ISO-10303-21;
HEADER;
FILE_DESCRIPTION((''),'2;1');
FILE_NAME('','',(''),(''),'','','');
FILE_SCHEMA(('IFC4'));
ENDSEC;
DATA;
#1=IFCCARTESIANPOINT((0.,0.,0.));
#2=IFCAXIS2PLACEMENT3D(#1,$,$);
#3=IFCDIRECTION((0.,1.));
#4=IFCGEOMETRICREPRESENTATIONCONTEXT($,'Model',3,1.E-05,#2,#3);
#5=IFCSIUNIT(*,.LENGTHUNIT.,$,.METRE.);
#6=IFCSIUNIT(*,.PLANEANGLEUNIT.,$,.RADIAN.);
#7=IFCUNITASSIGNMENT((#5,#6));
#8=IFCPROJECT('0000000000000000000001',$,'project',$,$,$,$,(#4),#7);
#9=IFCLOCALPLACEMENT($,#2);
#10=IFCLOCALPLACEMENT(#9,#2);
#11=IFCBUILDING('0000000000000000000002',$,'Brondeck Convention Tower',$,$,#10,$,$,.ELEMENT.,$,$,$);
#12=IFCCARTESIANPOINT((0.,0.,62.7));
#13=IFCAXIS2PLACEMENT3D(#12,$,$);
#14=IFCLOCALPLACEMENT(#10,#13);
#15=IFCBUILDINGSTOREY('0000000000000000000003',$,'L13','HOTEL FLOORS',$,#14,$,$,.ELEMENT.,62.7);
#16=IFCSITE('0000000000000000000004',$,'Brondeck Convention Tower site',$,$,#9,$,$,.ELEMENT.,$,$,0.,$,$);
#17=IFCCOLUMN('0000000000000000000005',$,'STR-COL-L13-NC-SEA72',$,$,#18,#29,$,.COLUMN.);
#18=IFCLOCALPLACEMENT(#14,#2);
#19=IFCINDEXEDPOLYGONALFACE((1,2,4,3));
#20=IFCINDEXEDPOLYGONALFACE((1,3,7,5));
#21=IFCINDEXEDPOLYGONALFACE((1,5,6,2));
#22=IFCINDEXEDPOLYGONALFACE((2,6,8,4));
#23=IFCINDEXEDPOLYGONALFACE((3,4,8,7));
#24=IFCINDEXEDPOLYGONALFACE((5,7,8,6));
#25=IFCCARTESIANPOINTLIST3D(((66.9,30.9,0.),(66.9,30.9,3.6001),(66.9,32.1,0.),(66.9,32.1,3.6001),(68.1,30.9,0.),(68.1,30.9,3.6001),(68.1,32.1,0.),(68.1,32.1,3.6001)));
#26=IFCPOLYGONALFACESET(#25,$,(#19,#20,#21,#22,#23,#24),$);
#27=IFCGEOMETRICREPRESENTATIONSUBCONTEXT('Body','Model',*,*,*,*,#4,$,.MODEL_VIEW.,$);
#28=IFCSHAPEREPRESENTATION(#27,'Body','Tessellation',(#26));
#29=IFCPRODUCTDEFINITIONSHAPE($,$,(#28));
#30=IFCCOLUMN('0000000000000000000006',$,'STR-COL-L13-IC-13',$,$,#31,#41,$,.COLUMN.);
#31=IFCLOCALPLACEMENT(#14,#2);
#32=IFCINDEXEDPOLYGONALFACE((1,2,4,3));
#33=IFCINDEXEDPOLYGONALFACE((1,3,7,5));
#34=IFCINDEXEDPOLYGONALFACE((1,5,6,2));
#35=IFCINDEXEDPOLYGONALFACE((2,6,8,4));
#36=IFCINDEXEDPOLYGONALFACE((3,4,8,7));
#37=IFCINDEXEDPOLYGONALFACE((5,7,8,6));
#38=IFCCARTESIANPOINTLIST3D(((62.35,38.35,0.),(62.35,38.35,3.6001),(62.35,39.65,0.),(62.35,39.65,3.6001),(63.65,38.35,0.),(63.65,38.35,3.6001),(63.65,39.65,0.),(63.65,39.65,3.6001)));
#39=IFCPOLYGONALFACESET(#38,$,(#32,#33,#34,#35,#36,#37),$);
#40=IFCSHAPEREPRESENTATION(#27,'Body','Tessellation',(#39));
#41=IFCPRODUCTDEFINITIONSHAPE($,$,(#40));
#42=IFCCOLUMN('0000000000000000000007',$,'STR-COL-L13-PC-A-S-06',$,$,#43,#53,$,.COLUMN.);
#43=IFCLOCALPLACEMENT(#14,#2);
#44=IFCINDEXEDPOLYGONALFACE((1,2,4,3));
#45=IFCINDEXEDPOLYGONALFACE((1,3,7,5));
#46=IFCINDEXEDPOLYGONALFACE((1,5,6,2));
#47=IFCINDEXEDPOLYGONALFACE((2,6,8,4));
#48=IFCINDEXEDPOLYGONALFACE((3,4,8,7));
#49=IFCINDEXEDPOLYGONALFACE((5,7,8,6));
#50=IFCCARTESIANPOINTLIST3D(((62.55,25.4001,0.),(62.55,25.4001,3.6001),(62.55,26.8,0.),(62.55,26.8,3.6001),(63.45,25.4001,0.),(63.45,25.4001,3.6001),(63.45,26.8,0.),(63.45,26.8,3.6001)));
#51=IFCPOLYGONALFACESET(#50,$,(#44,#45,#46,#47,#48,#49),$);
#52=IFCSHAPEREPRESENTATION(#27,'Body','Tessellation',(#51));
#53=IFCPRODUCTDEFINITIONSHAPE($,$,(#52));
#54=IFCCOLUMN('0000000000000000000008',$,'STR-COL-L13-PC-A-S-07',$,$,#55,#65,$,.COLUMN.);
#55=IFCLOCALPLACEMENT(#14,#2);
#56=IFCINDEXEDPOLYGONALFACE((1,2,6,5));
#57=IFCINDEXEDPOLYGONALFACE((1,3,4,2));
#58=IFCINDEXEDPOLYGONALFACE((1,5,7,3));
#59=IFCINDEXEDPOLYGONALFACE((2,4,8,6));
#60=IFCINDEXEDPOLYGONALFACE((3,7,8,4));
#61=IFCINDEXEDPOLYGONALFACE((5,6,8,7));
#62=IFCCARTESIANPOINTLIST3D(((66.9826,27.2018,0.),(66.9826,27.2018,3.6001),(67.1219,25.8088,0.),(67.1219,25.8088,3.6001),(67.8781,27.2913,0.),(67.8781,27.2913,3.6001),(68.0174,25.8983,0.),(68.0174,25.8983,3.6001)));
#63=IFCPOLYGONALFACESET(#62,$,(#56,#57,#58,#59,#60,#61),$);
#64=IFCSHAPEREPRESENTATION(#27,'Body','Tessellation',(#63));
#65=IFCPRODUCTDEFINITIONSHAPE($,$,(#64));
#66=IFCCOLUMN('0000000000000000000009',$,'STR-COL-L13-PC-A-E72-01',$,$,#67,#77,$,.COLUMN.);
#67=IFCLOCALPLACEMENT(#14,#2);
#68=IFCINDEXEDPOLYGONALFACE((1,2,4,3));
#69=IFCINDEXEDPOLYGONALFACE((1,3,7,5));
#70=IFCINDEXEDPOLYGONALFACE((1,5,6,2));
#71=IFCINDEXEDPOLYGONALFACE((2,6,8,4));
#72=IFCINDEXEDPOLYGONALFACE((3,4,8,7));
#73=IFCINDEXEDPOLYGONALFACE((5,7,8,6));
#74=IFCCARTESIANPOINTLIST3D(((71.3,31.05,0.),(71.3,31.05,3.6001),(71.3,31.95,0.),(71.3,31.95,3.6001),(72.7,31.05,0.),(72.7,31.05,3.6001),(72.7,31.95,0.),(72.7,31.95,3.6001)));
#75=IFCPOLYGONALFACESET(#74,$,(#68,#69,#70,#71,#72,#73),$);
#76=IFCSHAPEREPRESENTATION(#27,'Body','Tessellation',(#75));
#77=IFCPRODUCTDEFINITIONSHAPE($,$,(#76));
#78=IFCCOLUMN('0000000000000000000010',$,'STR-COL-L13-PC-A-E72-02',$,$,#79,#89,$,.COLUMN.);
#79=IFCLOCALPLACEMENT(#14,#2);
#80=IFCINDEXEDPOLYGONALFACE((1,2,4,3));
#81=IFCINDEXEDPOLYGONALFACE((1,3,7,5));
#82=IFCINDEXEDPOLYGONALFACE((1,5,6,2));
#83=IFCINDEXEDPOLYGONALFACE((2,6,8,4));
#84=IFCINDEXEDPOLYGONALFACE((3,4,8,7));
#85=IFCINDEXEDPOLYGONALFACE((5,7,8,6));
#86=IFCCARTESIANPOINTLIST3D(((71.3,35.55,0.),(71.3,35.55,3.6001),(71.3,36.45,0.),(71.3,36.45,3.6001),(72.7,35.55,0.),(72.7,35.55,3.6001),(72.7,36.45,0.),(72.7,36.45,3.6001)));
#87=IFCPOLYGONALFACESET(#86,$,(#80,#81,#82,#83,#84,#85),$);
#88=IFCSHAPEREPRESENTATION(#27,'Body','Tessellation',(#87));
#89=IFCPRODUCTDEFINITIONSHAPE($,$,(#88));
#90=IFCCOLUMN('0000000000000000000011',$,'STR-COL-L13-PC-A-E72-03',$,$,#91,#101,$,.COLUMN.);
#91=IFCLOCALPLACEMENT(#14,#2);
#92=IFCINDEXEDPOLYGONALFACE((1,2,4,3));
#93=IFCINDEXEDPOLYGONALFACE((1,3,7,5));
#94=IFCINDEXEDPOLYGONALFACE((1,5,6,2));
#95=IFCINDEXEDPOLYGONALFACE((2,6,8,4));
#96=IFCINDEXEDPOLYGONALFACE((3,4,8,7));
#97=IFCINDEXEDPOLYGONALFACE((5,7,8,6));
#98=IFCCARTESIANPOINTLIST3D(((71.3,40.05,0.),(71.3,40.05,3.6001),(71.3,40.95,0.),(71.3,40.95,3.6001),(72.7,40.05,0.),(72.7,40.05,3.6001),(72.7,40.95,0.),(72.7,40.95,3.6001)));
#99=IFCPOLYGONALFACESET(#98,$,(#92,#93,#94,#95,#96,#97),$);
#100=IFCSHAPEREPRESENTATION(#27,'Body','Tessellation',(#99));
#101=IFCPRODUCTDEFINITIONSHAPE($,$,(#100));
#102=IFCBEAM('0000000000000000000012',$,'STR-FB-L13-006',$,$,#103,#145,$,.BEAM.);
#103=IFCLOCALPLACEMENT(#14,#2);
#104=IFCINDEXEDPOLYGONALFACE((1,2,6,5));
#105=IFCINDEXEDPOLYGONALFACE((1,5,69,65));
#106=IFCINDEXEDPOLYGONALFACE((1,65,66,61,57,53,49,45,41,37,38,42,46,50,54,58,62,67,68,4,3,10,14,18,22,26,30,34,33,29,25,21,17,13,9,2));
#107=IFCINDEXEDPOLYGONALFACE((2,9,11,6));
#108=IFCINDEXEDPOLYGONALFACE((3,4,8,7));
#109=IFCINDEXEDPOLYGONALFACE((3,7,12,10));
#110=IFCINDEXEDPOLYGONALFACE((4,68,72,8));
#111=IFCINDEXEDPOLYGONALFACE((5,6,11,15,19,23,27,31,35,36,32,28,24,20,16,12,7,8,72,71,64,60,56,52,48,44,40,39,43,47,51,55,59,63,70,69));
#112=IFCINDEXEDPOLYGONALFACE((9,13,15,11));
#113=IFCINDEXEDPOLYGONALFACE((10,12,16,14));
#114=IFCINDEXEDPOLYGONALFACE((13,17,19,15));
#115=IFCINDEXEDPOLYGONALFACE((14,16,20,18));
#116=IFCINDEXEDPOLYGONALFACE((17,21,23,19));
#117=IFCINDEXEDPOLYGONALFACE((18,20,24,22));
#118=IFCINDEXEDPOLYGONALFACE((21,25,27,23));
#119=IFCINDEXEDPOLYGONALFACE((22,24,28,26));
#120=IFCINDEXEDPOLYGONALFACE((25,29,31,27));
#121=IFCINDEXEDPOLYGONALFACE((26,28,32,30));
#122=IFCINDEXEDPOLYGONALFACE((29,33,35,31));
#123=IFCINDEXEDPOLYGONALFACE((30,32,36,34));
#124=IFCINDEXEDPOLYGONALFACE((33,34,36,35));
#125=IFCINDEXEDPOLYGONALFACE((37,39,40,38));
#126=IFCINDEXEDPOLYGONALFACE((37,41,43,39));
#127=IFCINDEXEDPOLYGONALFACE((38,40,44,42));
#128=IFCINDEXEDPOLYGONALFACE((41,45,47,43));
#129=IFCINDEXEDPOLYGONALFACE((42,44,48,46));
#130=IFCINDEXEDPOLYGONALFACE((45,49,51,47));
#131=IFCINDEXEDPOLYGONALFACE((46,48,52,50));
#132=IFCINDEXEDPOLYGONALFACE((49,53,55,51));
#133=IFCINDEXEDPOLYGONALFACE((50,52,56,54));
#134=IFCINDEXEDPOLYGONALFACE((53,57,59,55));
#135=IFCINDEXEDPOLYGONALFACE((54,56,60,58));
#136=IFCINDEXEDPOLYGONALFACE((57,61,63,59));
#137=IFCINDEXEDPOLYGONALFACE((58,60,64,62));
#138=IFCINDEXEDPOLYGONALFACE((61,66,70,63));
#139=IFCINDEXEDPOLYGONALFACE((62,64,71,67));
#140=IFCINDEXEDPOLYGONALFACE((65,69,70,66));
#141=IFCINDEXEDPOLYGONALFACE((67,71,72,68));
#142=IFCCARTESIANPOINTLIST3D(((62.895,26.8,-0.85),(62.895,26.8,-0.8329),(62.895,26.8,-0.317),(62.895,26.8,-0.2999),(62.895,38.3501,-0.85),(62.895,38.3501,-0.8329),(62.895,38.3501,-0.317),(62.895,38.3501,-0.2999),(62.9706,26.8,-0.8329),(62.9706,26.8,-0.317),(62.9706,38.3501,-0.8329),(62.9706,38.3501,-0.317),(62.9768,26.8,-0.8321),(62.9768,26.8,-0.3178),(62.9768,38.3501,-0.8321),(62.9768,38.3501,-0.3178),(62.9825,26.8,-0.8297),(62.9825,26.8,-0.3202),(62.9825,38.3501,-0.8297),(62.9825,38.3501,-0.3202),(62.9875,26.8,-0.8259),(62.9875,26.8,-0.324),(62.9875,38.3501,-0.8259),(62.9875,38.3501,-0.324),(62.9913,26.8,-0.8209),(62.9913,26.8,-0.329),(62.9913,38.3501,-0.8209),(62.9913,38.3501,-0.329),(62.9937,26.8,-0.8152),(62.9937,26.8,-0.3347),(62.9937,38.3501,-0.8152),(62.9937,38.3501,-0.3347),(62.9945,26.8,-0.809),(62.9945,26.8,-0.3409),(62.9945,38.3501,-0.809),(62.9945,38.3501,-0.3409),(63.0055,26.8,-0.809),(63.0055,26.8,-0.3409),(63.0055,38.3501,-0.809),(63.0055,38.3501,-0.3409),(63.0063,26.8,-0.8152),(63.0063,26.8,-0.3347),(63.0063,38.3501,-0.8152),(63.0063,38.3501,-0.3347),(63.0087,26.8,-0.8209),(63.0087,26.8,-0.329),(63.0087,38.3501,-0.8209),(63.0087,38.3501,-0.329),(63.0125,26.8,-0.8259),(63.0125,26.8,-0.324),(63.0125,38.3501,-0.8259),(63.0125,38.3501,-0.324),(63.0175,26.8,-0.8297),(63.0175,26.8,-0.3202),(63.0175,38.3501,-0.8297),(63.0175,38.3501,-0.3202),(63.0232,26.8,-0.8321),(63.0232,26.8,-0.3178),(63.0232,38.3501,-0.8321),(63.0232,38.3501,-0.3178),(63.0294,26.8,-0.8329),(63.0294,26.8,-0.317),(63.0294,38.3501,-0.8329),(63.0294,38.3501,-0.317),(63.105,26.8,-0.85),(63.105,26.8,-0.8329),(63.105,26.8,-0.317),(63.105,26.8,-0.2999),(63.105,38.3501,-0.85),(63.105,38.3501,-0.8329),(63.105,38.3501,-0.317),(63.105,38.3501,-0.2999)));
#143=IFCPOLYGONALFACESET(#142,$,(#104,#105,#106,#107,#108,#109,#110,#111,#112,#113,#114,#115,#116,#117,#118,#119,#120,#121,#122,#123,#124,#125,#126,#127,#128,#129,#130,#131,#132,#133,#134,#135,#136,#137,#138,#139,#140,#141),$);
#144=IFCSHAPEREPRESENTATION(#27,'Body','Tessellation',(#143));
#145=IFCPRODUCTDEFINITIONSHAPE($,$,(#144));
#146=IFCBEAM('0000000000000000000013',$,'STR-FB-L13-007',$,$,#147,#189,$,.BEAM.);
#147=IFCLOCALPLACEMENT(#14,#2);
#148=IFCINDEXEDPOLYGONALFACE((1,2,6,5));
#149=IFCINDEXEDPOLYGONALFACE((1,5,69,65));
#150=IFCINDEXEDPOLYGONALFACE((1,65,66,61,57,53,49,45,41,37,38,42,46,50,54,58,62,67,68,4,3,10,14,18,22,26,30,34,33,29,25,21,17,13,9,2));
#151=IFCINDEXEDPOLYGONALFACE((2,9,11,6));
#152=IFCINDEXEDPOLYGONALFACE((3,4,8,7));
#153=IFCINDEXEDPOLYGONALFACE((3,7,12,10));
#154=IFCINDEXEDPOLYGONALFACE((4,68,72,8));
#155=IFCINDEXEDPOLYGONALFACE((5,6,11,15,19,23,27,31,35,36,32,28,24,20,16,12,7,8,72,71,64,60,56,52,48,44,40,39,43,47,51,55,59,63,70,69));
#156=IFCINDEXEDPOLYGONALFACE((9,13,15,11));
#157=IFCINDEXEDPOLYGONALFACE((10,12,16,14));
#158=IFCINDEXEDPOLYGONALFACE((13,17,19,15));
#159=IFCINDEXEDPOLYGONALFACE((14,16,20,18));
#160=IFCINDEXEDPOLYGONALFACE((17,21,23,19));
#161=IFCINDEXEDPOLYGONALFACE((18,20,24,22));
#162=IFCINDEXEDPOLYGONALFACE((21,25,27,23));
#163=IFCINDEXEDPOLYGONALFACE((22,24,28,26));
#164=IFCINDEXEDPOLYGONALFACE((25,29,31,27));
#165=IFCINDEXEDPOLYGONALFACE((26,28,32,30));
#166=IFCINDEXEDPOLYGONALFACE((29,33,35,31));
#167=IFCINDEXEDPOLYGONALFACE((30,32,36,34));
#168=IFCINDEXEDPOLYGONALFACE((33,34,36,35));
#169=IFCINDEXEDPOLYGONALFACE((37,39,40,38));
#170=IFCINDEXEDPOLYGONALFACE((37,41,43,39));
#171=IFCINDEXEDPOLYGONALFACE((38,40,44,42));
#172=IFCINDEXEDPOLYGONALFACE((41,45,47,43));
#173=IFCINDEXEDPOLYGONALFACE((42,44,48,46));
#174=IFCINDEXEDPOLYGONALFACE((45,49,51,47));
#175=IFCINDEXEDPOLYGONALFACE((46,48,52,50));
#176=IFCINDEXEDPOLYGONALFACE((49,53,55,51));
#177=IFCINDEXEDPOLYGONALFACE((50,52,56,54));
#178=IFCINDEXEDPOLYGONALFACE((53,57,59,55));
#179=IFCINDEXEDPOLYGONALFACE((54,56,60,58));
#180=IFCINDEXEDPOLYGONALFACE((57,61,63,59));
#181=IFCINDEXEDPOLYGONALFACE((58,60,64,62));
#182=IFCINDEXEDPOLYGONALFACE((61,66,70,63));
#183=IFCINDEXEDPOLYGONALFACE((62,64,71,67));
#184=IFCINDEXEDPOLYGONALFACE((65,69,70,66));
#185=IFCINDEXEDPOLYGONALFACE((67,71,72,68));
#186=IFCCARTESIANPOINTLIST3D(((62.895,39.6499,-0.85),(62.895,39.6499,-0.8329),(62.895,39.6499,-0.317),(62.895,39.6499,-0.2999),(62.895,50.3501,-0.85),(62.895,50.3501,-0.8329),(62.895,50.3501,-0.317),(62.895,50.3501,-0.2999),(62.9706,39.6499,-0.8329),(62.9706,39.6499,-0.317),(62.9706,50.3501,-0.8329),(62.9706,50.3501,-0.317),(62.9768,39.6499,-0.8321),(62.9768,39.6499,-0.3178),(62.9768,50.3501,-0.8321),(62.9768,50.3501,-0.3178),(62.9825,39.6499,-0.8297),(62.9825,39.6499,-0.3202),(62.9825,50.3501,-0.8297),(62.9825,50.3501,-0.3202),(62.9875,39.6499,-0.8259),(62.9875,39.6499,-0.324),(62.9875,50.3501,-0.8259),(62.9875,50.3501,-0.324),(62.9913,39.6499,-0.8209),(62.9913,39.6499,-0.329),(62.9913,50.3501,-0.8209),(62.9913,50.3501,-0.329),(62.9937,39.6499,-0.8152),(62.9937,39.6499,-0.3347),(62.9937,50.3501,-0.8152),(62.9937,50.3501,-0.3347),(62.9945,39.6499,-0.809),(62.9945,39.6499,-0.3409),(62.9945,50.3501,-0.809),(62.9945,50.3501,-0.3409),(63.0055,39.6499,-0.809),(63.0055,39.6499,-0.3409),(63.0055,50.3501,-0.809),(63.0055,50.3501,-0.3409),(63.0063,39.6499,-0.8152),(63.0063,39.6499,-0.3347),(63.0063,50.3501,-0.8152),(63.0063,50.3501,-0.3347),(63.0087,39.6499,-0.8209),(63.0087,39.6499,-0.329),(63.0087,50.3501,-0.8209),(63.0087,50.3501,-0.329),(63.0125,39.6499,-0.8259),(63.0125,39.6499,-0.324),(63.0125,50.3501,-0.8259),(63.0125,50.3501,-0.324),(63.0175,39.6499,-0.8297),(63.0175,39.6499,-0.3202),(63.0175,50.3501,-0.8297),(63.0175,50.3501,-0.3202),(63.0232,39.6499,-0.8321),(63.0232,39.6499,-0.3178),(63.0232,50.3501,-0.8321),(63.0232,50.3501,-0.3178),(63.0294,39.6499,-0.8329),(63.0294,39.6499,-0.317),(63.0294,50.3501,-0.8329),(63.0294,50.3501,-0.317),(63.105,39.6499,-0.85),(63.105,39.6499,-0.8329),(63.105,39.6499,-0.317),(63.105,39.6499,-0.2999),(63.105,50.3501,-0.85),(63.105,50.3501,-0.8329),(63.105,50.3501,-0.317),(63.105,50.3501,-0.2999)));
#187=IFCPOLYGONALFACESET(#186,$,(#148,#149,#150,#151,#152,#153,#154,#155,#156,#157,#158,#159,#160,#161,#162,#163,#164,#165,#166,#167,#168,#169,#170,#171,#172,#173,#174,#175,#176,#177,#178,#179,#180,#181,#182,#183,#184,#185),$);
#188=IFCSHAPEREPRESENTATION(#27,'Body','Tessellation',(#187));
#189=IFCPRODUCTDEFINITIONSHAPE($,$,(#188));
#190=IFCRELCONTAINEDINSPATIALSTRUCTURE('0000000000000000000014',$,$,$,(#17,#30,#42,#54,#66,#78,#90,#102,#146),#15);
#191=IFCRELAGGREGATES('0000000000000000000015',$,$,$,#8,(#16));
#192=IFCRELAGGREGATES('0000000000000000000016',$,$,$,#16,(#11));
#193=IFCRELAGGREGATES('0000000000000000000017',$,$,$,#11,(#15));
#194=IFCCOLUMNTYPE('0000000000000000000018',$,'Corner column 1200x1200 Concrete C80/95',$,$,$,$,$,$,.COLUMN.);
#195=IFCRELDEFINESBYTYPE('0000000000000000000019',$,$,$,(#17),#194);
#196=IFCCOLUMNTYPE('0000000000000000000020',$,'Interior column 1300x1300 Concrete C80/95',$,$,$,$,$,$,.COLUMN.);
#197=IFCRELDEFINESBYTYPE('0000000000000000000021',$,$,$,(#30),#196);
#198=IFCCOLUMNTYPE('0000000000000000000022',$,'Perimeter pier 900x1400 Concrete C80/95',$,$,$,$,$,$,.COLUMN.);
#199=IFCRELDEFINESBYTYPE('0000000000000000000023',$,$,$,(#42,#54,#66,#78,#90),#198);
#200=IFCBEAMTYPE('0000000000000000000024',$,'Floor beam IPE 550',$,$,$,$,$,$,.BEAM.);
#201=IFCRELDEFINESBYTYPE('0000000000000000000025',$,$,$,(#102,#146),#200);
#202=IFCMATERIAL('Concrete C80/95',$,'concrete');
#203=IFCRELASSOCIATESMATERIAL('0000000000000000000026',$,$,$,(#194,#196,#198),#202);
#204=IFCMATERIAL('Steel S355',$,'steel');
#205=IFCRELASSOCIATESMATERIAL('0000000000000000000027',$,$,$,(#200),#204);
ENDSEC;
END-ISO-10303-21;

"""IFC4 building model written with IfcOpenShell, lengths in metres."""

from ifc_helpers import new_model, si_unit, direction, frame, origin, origin_2d, place, context, subcontext, project, spatial, rectangle, i_section, extrude, material, material_profile, profile_set, type_object, element, save


model = new_model("IFC4")

# Units and contexts
model_context = context("Model", 3, precision=1e-05, world=origin(), true_north=direction((0.0, 1.0)))
body_context = subcontext(model_context, "Body", "Model", "MODEL_VIEW")
ifc_project = project(units=[si_unit("LENGTHUNIT", "METRE"), si_unit("PLANEANGLEUNIT", "RADIAN")], contexts=[model_context])

# Site, building, storey
site_placement = place(None, origin())
site = spatial("IfcSite", under=ifc_project, at=site_placement, Name="Brondeck Convention Tower site", CompositionType="ELEMENT", RefElevation=0.0)
building_placement = place(site_placement, origin())
building = spatial("IfcBuilding", under=site, at=building_placement, Name="Brondeck Convention Tower", CompositionType="ELEMENT")
storey_placement = place(building_placement, frame((0.0, 0.0, 62.7)))
storey = spatial("IfcBuildingStorey", under=building, at=storey_placement, Name="L13", Description="HOTEL FLOORS", CompositionType="ELEMENT", Elevation=62.7)

# Columns
ifc_material_1 = material(Name="Concrete C80/95", Category="concrete")
ifc_material_profile_1 = material_profile(ifc_material_1, rectangle(XDim=1.2, YDim=1.2, at=origin_2d()), Name="Corner column 1200x1200 Concrete C80/95")
ifc_profile_set_1 = profile_set([ifc_material_profile_1], Name="Concrete C80/95")
column_type_1 = type_object("IfcColumnType", Name="Corner column 1200x1200 Concrete C80/95", PredefinedType="COLUMN", material=ifc_profile_set_1)
column_1_placement = place(storey_placement, frame((67.5, 31.5, 0.0), z_axis=(0.0, 0.0, 1.0), x_axis=(1.0, 0.0, 0.0)))
element("IfcColumn", 1, at=column_1_placement, inside=storey, type_object=column_type_1, Name="STR-COL-L13-NC-SEA72", PredefinedType="COLUMN", context=body_context, shape_type="SweptSolid", body=[
    extrude(rectangle(XDim=1.2, YDim=1.2, at=origin_2d()), origin(), (0.0, 0.0, 1.0), 3.6001),
])
ifc_material_profile_2 = material_profile(ifc_material_1, rectangle(XDim=1.3, YDim=1.3, at=origin_2d()), Name="Interior column 1300x1300 Concrete C80/95")
ifc_profile_set_2 = profile_set([ifc_material_profile_2], Name="Concrete C80/95")
column_type_2 = type_object("IfcColumnType", Name="Interior column 1300x1300 Concrete C80/95", PredefinedType="COLUMN", material=ifc_profile_set_2)
column_2_placement = place(storey_placement, frame((63.0, 39.0, 0.0), z_axis=(0.0, 0.0, 1.0), x_axis=(1.0, 0.0, 0.0)))
element("IfcColumn", 2, at=column_2_placement, inside=storey, type_object=column_type_2, Name="STR-COL-L13-IC-13", PredefinedType="COLUMN", context=body_context, shape_type="SweptSolid", body=[
    extrude(rectangle(XDim=1.3, YDim=1.3, at=origin_2d()), origin(), (0.0, 0.0, 1.0), 3.6001),
])
ifc_material_profile_3 = material_profile(ifc_material_1, rectangle(XDim=0.8999, YDim=1.3999, at=origin_2d()), Name="Perimeter pier 900x1400 Concrete C80/95")
ifc_profile_set_3 = profile_set([ifc_material_profile_3], Name="Concrete C80/95")
column_type_3 = type_object("IfcColumnType", Name="Perimeter pier 900x1400 Concrete C80/95", PredefinedType="COLUMN", material=ifc_profile_set_3)
for number, where, z_axis, x_axis, name in (
    (3, (63.0, 26.1001, 0.0), (0.0, 0.0, 1.0), (1.0, 0.0, 0.0), "STR-COL-L13-PC-A-S-06"),
    (4, (67.5, 26.55, 0.0), (0.0, 0.0, 1.0), (0.995037, 0.099504, 0.0), "STR-COL-L13-PC-A-S-07"),
    (5, (72.0, 31.5, 0.0), (0.0, 0.0, 1.0), (0.0, 1.0, 0.0), "STR-COL-L13-PC-A-E72-01"),
    (6, (72.0, 36.0, 0.0), (0.0, 0.0, 1.0), (0.0, 1.0, 0.0), "STR-COL-L13-PC-A-E72-02"),
    (7, (72.0, 40.5, 0.0), (0.0, 0.0, 1.0), (0.0, 1.0, 0.0), "STR-COL-L13-PC-A-E72-03"),
):
    element("IfcColumn", number, at=place(storey_placement, frame(where, z_axis=z_axis, x_axis=x_axis)), inside=storey, type_object=column_type_3, Name=name, PredefinedType="COLUMN", context=body_context, shape_type="SweptSolid", body=[
        extrude(rectangle(XDim=0.8999, YDim=1.3999, at=origin_2d()), origin(), (0.0, 0.0, 1.0), 3.6001),
    ])

# Beams
ifc_material_2 = material(Name="Steel S355", Category="steel")
ifc_material_profile_4 = material_profile(ifc_material_2, i_section(OverallWidth=0.21, OverallDepth=0.55, WebThickness=0.011, FlangeThickness=0.0171, FilletRadius=0.0239, at=origin_2d()), Name="IPE 550")
ifc_profile_set_4 = profile_set([ifc_material_profile_4], Name="Steel S355")
beam_type_1 = type_object("IfcBeamType", Name="Floor beam IPE 550", PredefinedType="BEAM", material=ifc_profile_set_4)
beam_1_placement = place(storey_placement, frame((63.0, 26.8, -0.575), z_axis=(0.0, 1.0, 0.0), x_axis=(-1.0, 0.0, 0.0)))
element("IfcBeam", 8, at=beam_1_placement, inside=storey, type_object=beam_type_1, Name="STR-FB-L13-006", PredefinedType="BEAM", context=body_context, shape_type="SweptSolid", body=[
    extrude(i_section(OverallWidth=0.21, OverallDepth=0.55, WebThickness=0.011, FlangeThickness=0.0171, FilletRadius=0.0239, at=origin_2d()), origin(), (0.0, 0.0, 1.0), 11.55),
])
beam_2_placement = place(storey_placement, frame((63.0, 39.6499, -0.575), z_axis=(0.0, 1.0, 0.0), x_axis=(-1.0, 0.0, 0.0)))
element("IfcBeam", 9, at=beam_2_placement, inside=storey, type_object=beam_type_1, Name="STR-FB-L13-007", PredefinedType="BEAM", context=body_context, shape_type="SweptSolid", body=[
    extrude(i_section(OverallWidth=0.21, OverallDepth=0.55, WebThickness=0.011, FlangeThickness=0.0171, FilletRadius=0.0239, at=origin_2d()), origin(), (0.0, 0.0, 1.0), 10.7002),
])

save(model, "model.ifc")
